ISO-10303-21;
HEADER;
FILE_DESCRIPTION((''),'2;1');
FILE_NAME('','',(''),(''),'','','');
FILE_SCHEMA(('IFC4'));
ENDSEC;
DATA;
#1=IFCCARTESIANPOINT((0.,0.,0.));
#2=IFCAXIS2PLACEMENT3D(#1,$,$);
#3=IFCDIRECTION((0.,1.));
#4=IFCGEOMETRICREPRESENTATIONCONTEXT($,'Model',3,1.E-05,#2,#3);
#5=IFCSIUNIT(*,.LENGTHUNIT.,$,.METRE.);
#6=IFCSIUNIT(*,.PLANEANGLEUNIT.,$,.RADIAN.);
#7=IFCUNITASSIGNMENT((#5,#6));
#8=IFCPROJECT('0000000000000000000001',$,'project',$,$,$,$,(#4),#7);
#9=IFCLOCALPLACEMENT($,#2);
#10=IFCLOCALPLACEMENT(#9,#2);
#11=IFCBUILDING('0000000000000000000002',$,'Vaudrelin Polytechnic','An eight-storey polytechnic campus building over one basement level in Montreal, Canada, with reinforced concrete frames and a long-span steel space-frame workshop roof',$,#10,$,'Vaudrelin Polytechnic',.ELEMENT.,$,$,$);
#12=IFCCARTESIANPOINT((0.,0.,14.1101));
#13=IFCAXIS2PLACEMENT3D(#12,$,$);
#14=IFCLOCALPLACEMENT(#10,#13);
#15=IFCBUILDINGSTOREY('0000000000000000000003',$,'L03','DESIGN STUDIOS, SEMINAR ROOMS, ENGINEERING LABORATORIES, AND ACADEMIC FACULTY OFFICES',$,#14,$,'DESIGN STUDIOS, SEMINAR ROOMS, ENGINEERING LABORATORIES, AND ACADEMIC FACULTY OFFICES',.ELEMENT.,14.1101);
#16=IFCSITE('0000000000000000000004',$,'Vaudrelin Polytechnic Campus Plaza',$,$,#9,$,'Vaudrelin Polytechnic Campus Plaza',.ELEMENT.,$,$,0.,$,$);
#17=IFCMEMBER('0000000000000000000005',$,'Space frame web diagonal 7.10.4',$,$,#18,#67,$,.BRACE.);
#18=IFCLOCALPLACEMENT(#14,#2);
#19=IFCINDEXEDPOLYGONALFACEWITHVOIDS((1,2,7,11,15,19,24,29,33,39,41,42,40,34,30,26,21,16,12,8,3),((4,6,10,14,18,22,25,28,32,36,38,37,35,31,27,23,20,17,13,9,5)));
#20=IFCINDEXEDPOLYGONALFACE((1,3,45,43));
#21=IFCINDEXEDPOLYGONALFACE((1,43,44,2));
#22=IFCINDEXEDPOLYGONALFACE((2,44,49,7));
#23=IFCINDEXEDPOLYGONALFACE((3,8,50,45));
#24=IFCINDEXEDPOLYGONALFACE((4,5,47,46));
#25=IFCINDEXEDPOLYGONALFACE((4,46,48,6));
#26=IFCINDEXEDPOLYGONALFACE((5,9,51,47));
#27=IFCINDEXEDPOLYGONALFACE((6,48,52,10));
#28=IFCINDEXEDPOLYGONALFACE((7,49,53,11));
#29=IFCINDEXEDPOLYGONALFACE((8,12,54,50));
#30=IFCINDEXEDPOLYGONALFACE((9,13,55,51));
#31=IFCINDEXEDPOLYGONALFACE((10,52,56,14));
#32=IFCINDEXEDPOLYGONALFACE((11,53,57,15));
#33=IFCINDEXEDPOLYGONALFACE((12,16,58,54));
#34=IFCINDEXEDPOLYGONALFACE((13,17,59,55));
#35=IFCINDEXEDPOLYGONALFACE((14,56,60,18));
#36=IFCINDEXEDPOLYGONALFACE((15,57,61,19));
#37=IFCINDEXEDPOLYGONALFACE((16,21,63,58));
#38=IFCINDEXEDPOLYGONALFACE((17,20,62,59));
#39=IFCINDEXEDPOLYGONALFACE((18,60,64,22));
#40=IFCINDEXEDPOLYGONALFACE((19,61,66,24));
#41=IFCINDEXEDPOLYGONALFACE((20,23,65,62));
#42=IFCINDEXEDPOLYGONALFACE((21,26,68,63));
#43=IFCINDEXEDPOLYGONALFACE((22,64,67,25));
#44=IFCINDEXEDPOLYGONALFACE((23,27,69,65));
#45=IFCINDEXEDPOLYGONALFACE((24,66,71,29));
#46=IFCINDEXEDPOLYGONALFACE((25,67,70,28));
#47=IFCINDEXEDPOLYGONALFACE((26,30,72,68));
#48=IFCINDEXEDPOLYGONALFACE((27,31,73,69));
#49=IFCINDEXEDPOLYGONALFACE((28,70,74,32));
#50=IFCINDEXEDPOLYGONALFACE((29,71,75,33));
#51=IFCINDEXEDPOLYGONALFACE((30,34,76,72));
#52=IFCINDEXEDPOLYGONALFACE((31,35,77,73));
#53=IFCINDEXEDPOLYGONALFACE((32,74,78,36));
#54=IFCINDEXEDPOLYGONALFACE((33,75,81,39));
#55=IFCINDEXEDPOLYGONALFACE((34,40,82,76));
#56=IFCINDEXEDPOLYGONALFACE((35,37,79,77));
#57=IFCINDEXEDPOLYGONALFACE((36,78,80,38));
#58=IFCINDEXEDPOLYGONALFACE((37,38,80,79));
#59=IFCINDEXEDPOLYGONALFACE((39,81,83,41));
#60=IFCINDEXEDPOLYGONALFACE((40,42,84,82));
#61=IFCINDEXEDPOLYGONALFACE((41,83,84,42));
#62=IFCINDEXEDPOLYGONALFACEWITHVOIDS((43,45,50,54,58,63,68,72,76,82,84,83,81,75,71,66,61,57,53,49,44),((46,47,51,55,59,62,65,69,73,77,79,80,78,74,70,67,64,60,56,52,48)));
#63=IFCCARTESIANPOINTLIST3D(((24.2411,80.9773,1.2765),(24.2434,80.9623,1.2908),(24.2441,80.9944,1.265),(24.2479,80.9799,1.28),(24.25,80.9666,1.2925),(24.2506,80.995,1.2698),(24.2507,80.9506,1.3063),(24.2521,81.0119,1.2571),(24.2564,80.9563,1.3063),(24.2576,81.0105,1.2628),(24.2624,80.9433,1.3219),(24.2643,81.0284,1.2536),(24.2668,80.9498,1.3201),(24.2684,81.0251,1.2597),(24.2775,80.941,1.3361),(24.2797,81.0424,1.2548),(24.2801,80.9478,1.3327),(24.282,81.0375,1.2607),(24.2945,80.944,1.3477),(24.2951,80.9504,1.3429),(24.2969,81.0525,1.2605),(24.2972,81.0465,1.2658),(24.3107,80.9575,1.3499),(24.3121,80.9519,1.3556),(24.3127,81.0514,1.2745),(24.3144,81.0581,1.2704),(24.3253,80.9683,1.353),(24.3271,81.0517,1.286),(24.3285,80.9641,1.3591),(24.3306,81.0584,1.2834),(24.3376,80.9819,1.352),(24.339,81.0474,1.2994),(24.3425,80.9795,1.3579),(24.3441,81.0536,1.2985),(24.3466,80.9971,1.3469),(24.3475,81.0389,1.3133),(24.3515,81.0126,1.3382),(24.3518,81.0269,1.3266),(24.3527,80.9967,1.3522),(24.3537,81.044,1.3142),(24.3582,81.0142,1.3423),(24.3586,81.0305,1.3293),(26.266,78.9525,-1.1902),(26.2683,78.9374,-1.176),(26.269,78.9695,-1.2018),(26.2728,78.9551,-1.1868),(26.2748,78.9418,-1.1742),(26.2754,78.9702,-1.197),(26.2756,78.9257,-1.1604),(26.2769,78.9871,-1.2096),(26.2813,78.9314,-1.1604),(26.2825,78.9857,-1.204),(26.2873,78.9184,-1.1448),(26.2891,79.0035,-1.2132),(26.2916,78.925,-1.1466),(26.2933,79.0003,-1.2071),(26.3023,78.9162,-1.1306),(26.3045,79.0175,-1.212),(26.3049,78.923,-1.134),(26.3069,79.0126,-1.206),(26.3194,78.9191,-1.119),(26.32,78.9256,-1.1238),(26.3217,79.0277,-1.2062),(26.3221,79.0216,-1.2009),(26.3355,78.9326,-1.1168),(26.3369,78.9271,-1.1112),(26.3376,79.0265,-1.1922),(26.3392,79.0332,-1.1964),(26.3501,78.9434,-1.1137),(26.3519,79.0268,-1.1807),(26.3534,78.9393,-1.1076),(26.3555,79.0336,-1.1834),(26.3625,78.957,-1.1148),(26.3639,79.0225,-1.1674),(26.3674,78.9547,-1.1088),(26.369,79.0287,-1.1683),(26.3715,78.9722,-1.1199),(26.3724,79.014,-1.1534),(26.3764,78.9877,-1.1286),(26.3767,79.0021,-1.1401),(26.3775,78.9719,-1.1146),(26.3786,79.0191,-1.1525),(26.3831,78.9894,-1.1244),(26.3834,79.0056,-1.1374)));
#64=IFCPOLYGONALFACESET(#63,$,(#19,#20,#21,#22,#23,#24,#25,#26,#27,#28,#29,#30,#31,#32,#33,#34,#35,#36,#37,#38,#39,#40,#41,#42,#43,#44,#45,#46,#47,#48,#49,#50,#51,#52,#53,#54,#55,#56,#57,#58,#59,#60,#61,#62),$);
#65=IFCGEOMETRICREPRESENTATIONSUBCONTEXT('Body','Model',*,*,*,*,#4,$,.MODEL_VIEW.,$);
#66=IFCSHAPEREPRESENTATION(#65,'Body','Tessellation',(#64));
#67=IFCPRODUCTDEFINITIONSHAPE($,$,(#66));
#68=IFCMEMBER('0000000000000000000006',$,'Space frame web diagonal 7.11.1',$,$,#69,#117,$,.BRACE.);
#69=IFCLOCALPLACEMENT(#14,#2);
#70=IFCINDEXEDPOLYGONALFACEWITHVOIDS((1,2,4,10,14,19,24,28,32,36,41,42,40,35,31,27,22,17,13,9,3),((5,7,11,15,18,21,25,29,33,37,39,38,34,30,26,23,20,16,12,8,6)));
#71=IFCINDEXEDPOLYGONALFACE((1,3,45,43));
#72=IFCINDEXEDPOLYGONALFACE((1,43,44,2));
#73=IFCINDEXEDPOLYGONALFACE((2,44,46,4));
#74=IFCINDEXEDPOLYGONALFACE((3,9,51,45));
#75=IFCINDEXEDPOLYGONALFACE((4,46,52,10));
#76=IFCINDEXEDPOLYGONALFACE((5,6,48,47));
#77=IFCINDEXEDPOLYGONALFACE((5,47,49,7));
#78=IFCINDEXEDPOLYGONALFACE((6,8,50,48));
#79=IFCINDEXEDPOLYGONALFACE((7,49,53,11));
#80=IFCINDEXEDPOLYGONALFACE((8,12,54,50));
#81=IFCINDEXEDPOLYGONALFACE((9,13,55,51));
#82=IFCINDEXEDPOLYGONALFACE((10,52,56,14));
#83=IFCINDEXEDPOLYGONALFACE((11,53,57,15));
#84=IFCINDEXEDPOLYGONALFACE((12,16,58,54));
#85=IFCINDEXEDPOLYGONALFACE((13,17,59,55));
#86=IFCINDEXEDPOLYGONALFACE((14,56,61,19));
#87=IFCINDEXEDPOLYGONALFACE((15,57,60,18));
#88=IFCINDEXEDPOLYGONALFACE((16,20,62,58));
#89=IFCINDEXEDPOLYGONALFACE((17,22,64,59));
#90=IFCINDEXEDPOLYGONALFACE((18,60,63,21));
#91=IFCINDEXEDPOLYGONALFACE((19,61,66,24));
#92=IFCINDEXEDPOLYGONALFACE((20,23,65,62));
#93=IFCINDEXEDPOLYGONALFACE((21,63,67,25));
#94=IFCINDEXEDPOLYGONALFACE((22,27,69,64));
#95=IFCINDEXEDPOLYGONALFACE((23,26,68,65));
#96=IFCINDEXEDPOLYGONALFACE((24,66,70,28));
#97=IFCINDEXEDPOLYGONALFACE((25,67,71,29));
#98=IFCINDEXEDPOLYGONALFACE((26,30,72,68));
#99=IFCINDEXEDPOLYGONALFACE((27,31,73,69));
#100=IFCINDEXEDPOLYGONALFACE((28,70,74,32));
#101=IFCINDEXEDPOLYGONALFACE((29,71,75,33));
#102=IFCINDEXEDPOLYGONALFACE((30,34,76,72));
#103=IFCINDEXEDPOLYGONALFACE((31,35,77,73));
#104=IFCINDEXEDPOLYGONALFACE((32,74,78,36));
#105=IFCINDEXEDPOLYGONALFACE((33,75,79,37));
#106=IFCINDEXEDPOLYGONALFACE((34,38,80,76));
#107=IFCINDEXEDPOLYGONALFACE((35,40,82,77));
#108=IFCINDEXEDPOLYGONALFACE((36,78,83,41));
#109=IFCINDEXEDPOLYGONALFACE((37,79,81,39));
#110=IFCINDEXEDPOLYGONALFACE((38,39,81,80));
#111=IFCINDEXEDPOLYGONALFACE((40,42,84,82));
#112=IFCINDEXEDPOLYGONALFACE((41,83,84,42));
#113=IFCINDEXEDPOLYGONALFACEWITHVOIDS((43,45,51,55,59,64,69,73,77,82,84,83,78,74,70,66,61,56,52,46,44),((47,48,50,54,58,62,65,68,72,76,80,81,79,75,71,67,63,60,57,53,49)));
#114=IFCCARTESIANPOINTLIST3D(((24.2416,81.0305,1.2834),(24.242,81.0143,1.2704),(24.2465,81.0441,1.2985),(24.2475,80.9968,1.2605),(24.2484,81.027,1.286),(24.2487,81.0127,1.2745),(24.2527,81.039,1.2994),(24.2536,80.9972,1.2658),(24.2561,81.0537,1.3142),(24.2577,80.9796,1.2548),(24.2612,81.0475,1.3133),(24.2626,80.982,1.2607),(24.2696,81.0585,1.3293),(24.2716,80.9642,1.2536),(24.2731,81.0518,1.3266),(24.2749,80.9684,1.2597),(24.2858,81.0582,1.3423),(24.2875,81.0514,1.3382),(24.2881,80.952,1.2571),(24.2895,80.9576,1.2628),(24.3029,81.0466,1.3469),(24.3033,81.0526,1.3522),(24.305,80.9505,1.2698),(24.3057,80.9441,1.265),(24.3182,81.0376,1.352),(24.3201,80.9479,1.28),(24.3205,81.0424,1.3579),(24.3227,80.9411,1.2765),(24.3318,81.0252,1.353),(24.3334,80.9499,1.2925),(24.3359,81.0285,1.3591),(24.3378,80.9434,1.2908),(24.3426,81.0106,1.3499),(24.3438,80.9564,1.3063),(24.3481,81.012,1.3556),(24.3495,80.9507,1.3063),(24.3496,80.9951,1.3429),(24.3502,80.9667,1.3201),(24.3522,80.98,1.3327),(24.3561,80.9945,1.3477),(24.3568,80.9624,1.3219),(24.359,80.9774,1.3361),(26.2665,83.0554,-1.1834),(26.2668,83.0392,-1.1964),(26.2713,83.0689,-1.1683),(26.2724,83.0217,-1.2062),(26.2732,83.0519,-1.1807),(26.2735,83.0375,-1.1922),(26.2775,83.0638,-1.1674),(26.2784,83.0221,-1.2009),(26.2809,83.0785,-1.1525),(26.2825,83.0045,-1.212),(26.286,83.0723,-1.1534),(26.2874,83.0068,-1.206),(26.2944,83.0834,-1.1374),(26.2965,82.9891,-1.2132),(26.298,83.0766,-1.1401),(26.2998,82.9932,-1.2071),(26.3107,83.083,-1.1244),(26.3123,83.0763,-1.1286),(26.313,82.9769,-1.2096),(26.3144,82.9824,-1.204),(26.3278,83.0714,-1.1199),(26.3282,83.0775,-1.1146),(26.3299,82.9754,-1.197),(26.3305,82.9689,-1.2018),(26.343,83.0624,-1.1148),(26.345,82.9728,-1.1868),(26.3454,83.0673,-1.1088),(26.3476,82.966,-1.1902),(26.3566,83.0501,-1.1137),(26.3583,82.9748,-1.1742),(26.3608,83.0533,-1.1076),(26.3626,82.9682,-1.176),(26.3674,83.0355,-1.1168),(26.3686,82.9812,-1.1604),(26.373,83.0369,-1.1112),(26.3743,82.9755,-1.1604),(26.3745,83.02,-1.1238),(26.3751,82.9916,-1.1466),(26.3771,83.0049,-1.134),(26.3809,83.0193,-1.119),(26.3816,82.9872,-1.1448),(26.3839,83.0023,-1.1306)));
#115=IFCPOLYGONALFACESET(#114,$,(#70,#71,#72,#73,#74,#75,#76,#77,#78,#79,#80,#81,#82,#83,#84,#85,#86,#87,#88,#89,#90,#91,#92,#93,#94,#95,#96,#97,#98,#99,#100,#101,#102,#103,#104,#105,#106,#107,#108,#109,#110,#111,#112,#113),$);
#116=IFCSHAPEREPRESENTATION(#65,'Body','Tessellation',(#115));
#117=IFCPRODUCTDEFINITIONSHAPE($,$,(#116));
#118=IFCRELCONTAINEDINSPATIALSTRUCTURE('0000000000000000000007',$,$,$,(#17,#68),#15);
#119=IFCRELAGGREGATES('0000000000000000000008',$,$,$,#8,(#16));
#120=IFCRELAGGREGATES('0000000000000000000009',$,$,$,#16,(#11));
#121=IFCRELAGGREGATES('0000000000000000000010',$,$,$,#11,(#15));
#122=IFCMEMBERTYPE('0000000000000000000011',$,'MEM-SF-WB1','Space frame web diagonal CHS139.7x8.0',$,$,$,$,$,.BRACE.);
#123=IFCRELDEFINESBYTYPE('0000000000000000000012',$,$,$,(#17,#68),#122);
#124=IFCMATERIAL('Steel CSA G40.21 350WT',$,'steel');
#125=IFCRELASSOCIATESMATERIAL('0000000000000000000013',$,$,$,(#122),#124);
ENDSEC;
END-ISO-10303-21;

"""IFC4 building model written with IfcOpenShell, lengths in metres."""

from ifc_helpers import new_model, si_unit, direction, frame, origin, origin_2d, place, context, subcontext, project, spatial, hollow_circle, extrude, material, material_profile, profile_set, type_object, element, save


model = new_model("IFC4")

# Units and contexts
model_context = context("Model", 3, precision=1e-05, world=origin(), true_north=direction((0.0, 1.0)))
body_context = subcontext(model_context, "Body", "Model", "MODEL_VIEW")
ifc_project = project(units=[si_unit("LENGTHUNIT", "METRE"), si_unit("PLANEANGLEUNIT", "RADIAN")], contexts=[model_context])

# Site, building, storey
site_placement = place(None, origin())
site = spatial("IfcSite", under=ifc_project, at=site_placement, Name="Vaudrelin Polytechnic Campus Plaza", LongName="Vaudrelin Polytechnic Campus Plaza", CompositionType="ELEMENT", RefElevation=0.0)
building_placement = place(site_placement, origin())
building = spatial("IfcBuilding", under=site, at=building_placement, Name="Vaudrelin Polytechnic", Description="An eight-storey polytechnic campus building over one basement level in Montreal, Canada, with reinforced concrete frames and a long-span steel space-frame workshop roof", LongName="Vaudrelin Polytechnic", CompositionType="ELEMENT")
storey_placement = place(building_placement, frame((0.0, 0.0, 14.1101)))
storey = spatial("IfcBuildingStorey", under=building, at=storey_placement, Name="L03", Description="DESIGN STUDIOS, SEMINAR ROOMS, ENGINEERING LABORATORIES, AND ACADEMIC FACULTY OFFICES", LongName="DESIGN STUDIOS, SEMINAR ROOMS, ENGINEERING LABORATORIES, AND ACADEMIC FACULTY OFFICES", CompositionType="ELEMENT", Elevation=14.1101)

# Members
ifc_material = material(Name="Steel CSA G40.21 350WT", Category="steel")
ifc_material_profile_1 = material_profile(ifc_material, hollow_circle(Radius=0.0698, WallThickness=0.0081, at=origin_2d()), Name="CHS139.7x8.0")
ifc_profile_set_1 = profile_set([ifc_material_profile_1], Name="Steel CSA G40.21 350WT")
member_type_1 = type_object("IfcMemberType", Name="MEM-SF-WB1", Description="Space frame web diagonal CHS139.7x8.0", PredefinedType="BRACE", material=ifc_profile_set_1)
for number, where, z_axis, x_axis, name in (
    (1, (26.325, 78.9751, -1.1604), (-0.535742, 0.535742, 0.652657), (-0.707107, -0.707107, 0.0), "Space frame web diagonal 7.10.4"),
    (2, (26.325, 83.0249, -1.1604), (-0.535742, -0.535742, 0.652657), (0.707107, -0.707107, 0.0), "Space frame web diagonal 7.11.1"),
):
    element("IfcMember", number, at=place(storey_placement, frame(where, z_axis=z_axis, x_axis=x_axis)), inside=storey, type_object=member_type_1, Name=name, PredefinedType="BRACE", context=body_context, shape_type="SweptSolid", body=[
        extrude(hollow_circle(Radius=0.0698, WallThickness=0.0081, at=origin_2d()), origin(), (0.0, 0.0, 1.0), 3.7795),
    ])

save(model, "model.ifc")
